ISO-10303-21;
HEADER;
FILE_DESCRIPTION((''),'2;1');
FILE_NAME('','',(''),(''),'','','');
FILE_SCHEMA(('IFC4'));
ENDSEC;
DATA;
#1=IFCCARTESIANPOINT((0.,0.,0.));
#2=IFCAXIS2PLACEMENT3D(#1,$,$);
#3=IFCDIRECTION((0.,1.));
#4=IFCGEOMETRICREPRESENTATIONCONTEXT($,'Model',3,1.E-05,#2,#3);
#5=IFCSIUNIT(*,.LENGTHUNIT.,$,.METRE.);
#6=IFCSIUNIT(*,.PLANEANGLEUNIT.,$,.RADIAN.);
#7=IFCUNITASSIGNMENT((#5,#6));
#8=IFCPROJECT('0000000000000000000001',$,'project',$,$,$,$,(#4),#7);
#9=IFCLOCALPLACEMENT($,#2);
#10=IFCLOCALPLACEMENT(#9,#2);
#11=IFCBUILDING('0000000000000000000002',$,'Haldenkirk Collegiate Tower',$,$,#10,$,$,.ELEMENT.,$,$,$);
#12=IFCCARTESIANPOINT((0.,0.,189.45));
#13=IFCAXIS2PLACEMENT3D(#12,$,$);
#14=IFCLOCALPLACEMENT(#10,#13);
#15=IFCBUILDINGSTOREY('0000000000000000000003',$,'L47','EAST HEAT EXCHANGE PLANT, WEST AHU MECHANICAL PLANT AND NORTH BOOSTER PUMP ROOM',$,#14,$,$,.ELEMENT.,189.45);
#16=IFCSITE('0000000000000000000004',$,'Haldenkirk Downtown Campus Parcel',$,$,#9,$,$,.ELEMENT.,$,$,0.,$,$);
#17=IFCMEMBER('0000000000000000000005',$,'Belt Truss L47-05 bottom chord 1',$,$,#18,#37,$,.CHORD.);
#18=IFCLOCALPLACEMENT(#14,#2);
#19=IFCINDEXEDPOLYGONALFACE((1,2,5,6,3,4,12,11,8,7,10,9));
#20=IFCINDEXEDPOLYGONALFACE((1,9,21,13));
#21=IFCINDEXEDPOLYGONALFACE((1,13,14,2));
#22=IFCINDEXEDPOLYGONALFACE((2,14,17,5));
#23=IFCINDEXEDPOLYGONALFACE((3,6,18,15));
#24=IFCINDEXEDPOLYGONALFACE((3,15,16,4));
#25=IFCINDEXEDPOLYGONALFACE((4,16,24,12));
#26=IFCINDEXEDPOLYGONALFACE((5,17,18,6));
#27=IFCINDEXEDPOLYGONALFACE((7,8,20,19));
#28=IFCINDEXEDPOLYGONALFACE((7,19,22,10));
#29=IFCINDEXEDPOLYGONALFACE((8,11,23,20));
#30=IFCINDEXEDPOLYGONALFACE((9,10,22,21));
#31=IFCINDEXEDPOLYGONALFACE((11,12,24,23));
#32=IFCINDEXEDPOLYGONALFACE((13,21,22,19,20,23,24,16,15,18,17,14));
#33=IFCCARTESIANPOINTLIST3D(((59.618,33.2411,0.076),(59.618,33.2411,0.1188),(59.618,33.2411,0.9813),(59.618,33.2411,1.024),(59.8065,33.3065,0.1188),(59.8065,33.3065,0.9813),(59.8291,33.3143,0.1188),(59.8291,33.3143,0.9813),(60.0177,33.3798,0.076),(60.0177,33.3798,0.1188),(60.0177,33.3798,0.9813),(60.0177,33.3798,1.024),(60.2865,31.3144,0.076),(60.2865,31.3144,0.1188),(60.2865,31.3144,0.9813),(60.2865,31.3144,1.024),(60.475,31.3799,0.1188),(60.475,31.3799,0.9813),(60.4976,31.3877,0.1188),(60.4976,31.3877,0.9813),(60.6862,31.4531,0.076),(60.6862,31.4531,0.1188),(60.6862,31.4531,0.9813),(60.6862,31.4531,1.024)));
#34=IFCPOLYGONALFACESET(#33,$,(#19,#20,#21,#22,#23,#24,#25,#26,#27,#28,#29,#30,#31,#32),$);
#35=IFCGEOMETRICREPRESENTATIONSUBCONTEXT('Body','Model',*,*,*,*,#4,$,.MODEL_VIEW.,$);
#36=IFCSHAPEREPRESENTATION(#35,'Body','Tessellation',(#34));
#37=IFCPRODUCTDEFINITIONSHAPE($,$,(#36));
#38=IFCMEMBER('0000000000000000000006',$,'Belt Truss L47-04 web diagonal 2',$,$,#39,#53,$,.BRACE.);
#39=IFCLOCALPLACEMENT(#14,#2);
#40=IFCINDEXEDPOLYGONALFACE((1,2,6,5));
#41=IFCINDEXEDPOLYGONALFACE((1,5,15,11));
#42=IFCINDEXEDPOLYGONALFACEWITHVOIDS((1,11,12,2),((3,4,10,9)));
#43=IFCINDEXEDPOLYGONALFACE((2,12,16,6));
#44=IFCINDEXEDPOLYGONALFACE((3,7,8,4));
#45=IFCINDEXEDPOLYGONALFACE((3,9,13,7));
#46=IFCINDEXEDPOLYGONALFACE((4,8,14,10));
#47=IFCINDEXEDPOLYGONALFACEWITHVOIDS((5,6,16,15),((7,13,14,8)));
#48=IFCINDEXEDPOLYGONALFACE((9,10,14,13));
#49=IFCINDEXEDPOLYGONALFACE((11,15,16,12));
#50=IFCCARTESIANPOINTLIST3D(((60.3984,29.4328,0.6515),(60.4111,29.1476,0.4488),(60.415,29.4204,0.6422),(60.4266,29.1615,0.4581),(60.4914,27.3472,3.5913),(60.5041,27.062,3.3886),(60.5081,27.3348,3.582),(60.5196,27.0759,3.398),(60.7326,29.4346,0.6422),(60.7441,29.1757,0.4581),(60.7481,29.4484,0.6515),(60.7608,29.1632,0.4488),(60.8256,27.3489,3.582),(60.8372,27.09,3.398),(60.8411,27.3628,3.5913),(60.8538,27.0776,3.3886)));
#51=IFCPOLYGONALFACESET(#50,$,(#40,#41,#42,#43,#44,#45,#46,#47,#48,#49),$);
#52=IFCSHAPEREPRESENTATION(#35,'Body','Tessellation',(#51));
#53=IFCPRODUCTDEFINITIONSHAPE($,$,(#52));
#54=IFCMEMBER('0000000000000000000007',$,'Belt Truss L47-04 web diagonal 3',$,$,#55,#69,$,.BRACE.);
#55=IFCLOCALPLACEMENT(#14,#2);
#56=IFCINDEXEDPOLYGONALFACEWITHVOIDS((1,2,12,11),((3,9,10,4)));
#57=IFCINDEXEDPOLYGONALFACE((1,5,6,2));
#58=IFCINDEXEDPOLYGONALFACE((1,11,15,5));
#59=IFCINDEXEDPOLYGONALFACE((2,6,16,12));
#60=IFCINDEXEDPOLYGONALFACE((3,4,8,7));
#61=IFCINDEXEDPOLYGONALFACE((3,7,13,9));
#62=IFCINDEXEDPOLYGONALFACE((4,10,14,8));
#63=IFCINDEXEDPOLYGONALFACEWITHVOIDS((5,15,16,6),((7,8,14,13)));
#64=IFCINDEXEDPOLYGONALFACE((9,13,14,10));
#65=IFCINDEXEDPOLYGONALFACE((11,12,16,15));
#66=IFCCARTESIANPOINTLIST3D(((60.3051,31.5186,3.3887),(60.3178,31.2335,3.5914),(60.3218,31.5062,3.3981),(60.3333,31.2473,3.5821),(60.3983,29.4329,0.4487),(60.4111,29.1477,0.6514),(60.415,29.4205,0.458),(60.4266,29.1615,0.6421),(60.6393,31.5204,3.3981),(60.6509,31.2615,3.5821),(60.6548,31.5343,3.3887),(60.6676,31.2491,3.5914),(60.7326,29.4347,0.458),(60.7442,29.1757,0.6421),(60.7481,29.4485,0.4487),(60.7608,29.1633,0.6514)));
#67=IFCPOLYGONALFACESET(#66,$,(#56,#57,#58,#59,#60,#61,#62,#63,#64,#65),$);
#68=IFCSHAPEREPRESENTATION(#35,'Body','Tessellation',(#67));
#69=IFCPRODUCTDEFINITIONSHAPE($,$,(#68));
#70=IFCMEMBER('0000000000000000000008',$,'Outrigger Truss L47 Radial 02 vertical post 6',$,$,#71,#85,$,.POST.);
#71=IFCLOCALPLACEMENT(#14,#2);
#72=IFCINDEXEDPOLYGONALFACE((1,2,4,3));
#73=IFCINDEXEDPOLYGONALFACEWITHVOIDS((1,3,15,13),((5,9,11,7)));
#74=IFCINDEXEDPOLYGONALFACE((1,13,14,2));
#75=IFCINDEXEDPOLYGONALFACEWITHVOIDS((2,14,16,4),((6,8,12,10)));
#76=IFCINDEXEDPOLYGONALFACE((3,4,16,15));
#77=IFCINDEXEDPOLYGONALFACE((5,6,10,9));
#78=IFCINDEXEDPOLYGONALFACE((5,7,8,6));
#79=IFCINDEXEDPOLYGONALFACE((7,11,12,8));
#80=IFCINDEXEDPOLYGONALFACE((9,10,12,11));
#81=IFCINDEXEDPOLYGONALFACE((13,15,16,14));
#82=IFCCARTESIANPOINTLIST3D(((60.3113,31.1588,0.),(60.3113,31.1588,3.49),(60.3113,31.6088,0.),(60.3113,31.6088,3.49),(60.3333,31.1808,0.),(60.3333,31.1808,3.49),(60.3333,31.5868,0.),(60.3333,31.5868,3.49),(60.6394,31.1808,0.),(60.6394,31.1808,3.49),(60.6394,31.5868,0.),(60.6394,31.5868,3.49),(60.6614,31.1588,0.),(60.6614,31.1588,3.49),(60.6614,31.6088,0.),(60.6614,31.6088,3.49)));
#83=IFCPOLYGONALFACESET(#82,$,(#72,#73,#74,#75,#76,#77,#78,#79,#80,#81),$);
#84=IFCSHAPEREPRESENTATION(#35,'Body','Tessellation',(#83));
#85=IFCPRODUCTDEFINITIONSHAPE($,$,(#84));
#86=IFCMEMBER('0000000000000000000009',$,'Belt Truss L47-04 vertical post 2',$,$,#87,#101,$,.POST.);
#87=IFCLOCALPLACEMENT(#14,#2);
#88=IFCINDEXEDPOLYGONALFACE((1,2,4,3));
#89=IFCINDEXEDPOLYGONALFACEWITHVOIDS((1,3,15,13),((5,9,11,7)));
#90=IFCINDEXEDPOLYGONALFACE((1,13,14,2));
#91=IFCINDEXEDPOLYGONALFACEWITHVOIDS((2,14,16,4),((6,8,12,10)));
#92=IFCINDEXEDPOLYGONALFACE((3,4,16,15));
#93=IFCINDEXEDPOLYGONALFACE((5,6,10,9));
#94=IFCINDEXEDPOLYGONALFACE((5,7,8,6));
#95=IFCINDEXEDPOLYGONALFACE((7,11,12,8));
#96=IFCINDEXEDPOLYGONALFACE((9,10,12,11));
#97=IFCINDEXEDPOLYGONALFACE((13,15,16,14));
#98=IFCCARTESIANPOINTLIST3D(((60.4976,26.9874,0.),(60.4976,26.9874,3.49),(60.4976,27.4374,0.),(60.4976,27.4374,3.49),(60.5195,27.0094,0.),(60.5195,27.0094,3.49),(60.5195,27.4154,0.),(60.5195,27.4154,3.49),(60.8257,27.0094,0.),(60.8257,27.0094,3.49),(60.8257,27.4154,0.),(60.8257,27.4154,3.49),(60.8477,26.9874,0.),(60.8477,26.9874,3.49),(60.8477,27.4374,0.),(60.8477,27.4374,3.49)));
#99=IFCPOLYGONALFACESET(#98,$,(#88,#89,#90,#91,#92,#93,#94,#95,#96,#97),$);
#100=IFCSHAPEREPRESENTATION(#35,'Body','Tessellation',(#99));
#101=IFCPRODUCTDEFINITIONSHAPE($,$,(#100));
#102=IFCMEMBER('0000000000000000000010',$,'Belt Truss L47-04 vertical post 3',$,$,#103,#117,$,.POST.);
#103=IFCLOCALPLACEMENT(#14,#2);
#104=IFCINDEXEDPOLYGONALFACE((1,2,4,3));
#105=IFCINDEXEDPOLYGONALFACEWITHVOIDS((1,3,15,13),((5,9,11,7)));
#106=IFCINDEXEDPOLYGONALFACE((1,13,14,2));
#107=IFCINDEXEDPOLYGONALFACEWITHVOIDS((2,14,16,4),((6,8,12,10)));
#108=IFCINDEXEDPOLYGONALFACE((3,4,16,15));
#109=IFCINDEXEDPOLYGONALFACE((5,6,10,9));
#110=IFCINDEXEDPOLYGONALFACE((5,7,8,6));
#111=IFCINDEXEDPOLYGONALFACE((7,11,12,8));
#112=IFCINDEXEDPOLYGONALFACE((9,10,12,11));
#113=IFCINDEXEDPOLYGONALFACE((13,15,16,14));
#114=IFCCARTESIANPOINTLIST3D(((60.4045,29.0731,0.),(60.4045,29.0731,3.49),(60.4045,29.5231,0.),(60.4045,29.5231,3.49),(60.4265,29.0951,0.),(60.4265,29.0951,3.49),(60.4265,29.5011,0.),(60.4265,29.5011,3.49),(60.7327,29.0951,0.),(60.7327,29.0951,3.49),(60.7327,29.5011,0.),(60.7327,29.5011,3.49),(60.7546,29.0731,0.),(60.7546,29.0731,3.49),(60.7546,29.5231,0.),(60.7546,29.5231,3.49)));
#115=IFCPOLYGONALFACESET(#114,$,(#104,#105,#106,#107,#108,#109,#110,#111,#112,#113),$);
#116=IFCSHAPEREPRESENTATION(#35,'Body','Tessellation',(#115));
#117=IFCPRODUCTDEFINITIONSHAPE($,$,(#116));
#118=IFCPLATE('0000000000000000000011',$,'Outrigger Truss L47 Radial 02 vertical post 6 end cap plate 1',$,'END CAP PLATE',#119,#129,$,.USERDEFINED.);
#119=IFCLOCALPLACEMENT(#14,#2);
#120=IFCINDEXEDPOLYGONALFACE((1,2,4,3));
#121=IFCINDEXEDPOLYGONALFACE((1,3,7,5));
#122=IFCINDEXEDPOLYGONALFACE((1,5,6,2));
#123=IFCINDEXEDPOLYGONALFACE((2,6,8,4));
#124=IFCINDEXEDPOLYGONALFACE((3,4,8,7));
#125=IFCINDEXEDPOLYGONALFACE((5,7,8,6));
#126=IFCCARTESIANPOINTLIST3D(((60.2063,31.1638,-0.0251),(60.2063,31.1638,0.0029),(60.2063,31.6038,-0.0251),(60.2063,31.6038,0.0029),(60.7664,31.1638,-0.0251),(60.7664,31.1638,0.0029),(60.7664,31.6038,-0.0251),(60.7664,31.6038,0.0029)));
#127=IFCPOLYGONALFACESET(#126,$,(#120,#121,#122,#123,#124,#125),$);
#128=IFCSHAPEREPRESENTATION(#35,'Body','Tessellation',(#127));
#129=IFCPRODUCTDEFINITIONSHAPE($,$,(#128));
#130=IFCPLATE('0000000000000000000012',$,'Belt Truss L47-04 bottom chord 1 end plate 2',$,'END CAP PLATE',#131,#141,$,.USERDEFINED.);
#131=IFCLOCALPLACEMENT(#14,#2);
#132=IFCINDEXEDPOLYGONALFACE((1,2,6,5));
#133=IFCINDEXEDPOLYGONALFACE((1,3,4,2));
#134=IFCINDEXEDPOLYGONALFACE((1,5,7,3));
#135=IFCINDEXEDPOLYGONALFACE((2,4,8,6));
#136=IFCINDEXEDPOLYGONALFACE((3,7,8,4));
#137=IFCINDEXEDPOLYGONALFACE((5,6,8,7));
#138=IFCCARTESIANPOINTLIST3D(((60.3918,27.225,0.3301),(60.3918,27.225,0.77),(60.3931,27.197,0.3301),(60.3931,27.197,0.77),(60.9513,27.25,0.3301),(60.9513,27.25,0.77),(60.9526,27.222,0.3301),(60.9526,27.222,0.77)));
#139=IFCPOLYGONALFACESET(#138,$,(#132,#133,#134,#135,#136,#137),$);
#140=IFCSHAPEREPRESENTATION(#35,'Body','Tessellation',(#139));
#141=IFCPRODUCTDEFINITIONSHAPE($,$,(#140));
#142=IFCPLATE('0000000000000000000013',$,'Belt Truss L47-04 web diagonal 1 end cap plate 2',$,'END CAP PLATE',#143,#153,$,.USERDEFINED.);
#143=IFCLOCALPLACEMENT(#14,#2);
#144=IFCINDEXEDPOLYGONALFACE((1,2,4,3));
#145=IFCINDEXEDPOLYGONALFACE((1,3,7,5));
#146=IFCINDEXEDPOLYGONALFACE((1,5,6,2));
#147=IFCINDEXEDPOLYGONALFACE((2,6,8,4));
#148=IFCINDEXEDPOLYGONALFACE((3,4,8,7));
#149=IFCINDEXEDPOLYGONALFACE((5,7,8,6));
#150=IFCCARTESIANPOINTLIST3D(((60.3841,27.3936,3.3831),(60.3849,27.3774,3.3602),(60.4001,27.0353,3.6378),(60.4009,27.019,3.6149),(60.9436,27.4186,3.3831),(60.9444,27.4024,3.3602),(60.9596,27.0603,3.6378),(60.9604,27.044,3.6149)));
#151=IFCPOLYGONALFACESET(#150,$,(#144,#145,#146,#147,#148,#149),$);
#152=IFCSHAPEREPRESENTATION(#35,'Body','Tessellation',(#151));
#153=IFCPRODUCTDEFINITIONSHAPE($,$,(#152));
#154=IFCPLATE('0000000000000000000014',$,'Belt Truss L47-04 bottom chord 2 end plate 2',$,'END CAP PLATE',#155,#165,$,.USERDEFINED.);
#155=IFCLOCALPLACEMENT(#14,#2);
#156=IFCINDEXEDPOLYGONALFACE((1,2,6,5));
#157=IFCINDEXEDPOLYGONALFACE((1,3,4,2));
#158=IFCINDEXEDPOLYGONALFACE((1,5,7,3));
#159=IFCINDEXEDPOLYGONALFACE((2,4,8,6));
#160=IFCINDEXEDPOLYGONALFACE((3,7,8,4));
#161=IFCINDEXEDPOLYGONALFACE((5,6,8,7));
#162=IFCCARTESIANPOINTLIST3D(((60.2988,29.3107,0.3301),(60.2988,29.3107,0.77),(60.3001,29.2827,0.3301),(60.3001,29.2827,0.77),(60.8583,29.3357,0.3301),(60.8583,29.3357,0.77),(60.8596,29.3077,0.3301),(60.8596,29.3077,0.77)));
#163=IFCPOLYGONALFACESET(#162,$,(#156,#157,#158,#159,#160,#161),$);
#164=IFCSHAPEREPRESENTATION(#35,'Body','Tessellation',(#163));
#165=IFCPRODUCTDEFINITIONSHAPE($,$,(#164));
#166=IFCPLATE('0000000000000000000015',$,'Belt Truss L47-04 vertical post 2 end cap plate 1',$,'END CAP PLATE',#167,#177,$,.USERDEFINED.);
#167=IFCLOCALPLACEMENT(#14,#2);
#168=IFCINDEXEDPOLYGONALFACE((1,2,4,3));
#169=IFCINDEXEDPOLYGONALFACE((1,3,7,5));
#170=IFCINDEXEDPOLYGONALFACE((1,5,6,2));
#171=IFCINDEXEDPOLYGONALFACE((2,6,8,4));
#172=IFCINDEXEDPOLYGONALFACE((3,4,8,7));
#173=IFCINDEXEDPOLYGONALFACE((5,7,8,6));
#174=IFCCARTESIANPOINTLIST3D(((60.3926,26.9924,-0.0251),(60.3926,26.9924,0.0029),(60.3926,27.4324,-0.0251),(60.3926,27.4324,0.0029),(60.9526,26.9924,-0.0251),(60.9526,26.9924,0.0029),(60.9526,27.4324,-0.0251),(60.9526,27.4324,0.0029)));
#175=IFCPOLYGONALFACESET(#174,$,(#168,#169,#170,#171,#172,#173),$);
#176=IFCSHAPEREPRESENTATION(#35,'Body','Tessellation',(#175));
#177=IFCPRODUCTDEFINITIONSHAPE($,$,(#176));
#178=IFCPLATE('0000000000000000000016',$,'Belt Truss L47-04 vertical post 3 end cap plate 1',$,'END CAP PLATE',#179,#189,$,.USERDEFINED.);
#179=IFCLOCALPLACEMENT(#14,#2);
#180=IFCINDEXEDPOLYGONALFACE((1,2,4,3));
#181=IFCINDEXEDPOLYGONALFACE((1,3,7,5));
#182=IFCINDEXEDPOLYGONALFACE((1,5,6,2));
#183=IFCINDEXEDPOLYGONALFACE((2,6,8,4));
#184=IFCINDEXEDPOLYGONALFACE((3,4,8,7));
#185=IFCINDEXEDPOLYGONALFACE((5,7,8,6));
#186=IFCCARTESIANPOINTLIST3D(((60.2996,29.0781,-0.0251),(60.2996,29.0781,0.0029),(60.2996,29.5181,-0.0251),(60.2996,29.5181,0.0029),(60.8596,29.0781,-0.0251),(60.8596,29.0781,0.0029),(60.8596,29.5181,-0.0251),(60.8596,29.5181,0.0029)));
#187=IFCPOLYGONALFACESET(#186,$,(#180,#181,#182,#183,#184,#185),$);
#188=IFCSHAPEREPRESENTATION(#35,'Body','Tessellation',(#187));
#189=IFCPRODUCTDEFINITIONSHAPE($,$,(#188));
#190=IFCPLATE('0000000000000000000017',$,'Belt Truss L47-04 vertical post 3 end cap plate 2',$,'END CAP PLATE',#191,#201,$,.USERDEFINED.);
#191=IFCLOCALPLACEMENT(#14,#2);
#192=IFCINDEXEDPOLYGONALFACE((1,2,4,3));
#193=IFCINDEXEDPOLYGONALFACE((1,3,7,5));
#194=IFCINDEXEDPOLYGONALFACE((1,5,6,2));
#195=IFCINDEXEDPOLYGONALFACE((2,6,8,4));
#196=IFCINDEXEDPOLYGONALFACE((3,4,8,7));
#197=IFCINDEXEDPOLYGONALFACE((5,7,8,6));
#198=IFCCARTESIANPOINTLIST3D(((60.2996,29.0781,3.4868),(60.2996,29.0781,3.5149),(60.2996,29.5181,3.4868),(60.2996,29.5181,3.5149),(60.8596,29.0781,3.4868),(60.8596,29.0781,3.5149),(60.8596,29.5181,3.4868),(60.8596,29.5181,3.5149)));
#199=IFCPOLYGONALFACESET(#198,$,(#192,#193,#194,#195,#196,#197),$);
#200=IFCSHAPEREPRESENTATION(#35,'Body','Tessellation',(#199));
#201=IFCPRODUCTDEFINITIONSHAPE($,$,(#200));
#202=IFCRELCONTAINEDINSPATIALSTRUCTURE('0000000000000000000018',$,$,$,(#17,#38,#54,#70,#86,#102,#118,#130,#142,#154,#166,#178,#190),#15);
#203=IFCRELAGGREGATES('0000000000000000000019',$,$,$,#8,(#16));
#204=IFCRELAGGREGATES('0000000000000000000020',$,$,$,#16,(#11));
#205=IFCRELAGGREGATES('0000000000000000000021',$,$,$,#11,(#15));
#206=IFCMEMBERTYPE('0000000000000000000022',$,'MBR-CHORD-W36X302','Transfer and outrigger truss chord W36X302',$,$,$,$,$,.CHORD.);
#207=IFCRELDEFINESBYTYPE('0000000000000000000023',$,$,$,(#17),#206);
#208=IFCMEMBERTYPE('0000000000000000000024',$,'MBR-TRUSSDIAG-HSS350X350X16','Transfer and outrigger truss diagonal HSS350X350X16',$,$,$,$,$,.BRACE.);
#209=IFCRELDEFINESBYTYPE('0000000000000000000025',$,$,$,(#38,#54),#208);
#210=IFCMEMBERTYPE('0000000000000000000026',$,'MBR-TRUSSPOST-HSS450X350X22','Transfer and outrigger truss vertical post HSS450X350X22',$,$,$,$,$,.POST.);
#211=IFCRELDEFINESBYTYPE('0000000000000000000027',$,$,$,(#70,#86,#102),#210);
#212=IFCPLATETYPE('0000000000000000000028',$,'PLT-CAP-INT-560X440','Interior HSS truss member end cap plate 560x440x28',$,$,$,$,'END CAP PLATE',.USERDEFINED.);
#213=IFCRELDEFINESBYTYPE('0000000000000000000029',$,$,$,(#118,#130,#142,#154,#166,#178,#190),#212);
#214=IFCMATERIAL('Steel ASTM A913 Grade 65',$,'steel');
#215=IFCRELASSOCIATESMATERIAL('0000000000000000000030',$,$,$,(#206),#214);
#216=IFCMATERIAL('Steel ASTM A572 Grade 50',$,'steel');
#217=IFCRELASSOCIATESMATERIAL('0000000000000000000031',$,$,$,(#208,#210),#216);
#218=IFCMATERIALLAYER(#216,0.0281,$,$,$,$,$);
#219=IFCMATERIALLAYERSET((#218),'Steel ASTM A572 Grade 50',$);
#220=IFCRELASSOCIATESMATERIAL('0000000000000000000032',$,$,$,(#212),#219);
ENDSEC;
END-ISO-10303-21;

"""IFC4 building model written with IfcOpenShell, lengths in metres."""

from ifc_helpers import new_model, si_unit, direction, frame, origin, origin_2d, place, context, subcontext, project, spatial, rectangle, hollow_rectangle, i_section, extrude, source, transform, mapped, material, layer, layer_set, material_profile, profile_set, type_object, element, save


model = new_model("IFC4")

# Units and contexts
model_context = context("Model", 3, precision=1e-05, world=origin(), true_north=direction((0.0, 1.0)))
body_context = subcontext(model_context, "Body", "Model", "MODEL_VIEW")
ifc_project = project(units=[si_unit("LENGTHUNIT", "METRE"), si_unit("PLANEANGLEUNIT", "RADIAN")], contexts=[model_context])

# Site, building, storey
site_placement = place(None, origin())
site = spatial("IfcSite", under=ifc_project, at=site_placement, Name="Haldenkirk Downtown Campus Parcel", CompositionType="ELEMENT", RefElevation=0.0)
building_placement = place(site_placement, origin())
building = spatial("IfcBuilding", under=site, at=building_placement, Name="Haldenkirk Collegiate Tower", CompositionType="ELEMENT")
storey_placement = place(building_placement, frame((0.0, 0.0, 189.45)))
storey = spatial("IfcBuildingStorey", under=building, at=storey_placement, Name="L47", Description="EAST HEAT EXCHANGE PLANT, WEST AHU MECHANICAL PLANT AND NORTH BOOSTER PUMP ROOM", CompositionType="ELEMENT", Elevation=189.45)

# Shared definitions
ifc_material_1 = material(Name="Steel ASTM A913 Grade 65", Category="steel")

# Members
ifc_material_2 = material(Name="Steel ASTM A572 Grade 50", Category="steel")
ifc_material_profile_1 = material_profile(ifc_material_1, i_section(OverallWidth=0.4231, OverallDepth=0.948, WebThickness=0.0239, FlangeThickness=0.0427, at=origin_2d()), Name="W36X302")
ifc_profile_set_1 = profile_set([ifc_material_profile_1], Name="Steel ASTM A913 Grade 65")
member_type_1 = type_object("IfcMemberType", Name="MBR-CHORD-W36X302", Description="Transfer and outrigger truss chord W36X302", PredefinedType="CHORD", material=ifc_profile_set_1)
member_1_placement = place(storey_placement, frame((60.4863, 31.3838, 0.55), z_axis=(-0.327805, 0.944745, 0.0), x_axis=(-0.944745, -0.327805, 0.0)))
element("IfcMember", 1, at=member_1_placement, inside=storey, type_object=member_type_1, Name="Belt Truss L47-05 bottom chord 1", PredefinedType="CHORD", context=body_context, shape_type="SweptSolid", body=[
    extrude(i_section(OverallWidth=0.4231, OverallDepth=0.948, WebThickness=0.0239, FlangeThickness=0.0427, at=origin_2d()), origin(), (0.0, 0.0, 1.0), 2.0393),
])
ifc_material_profile_2 = material_profile(ifc_material_2, hollow_rectangle(XDim=0.3501, YDim=0.3501, WallThickness=0.0161, at=origin_2d()), Name="HSS350X350X16")
ifc_profile_set_2 = profile_set([ifc_material_profile_2], Name="Steel ASTM A572 Grade 50")
member_type_2 = type_object("IfcMemberType", Name="MBR-TRUSSDIAG-HSS350X350X16", Description="Transfer and outrigger truss diagonal HSS350X350X16", PredefinedType="BRACE", material=ifc_profile_set_2)
member_2_placement = place(storey_placement, frame((60.6726, 27.2124, 3.49), z_axis=(-0.025796, 0.578422, -0.81533), x_axis=(-0.999007, -0.044554, 0.0)))
element("IfcMember", 2, at=member_2_placement, inside=storey, type_object=member_type_2, Name="Belt Truss L47-04 web diagonal 2", PredefinedType="BRACE", context=body_context, shape_type="SweptSolid", body=[
    extrude(hollow_rectangle(XDim=0.3501, YDim=0.3501, WallThickness=0.0161, at=origin_2d()), origin(), (0.0, 0.0, 1.0), 3.6057),
])
member_3_placement = place(storey_placement, frame((60.5796, 29.2981, 0.55), z_axis=(-0.025864, 0.578421, 0.815328), x_axis=(-0.999002, -0.04467, 0.0)))
element("IfcMember", 3, at=member_3_placement, inside=storey, type_object=member_type_2, Name="Belt Truss L47-04 web diagonal 3", PredefinedType="BRACE", context=body_context, shape_type="SweptSolid", body=[
    extrude(hollow_rectangle(XDim=0.3501, YDim=0.3501, WallThickness=0.0161, at=origin_2d()), origin(), (0.0, 0.0, 1.0), 3.606),
])
ifc_material_profile_3 = material_profile(ifc_material_2, hollow_rectangle(XDim=0.3501, YDim=0.45, WallThickness=0.022, at=origin_2d()), Name="HSS450X350X22")
ifc_profile_set_3 = profile_set([ifc_material_profile_3], Name="Steel ASTM A572 Grade 50")
member_type_3 = type_object("IfcMemberType", Name="MBR-TRUSSPOST-HSS450X350X22", Description="Transfer and outrigger truss vertical post HSS450X350X22", PredefinedType="POST", material=ifc_profile_set_3)
for number, where, z_axis, x_axis, name in (
    (4, (60.4863, 31.3838, 0.0), (0.0, 0.0, 1.0), (1.0, 0.0, 0.0), "Outrigger Truss L47 Radial 02 vertical post 6"),
    (5, (60.6726, 27.2124, 0.0), (0.0, 0.0, 1.0), (1.0, 0.0, 0.0), "Belt Truss L47-04 vertical post 2"),
    (6, (60.5796, 29.2981, 0.0), (0.0, 0.0, 1.0), (1.0, 0.0, 0.0), "Belt Truss L47-04 vertical post 3"),
):
    element("IfcMember", number, at=place(storey_placement, frame(where, z_axis=z_axis, x_axis=x_axis)), inside=storey, type_object=member_type_3, Name=name, PredefinedType="POST", context=body_context, shape_type="SweptSolid", body=[
        extrude(hollow_rectangle(XDim=0.3501, YDim=0.45, WallThickness=0.022, at=origin_2d()), origin(), (0.0, 0.0, 1.0), 3.49),
    ])

# Plates
ifc_layer_1 = layer(ifc_material_2, 0.0281)
ifc_layer_set_1 = layer_set([ifc_layer_1], Name="Steel ASTM A572 Grade 50")
plate_type = type_object("IfcPlateType", Name="PLT-CAP-INT-560X440", Description="Interior HSS truss member end cap plate 560x440x28", ElementType="END CAP PLATE", PredefinedType="USERDEFINED", material=ifc_layer_set_1)
shared_shape = source(origin(), body_context, "Body", "SweptSolid", [
    extrude(rectangle(XDim=0.5601, YDim=0.4399, at=origin_2d()), origin(), (0.0, 0.0, 1.0), 0.0281),
])
for number, where, z_axis, x_axis, name in (
    (7, (60.4863, 31.3838, 0.0029), (0.0, 0.0, -1.0), (1.0, 0.0, 0.0), "Outrigger Truss L47 Radial 02 vertical post 6 end cap plate 1"),
    (8, (60.6729, 27.2095, 0.55), (-0.044623, 0.999004, 0.0), (-0.999004, -0.044623, 0.0), "Belt Truss L47-04 bottom chord 1 end plate 2"),
    (9, (60.6726, 27.2107, 3.4875), (-0.025846, 0.578433, 0.81532), (-0.999003, -0.044639, 0.0), "Belt Truss L47-04 web diagonal 1 end cap plate 2"),
    (10, (60.5798, 29.2952, 0.55), (-0.044623, 0.999004, 0.0), (-0.999004, -0.044623, 0.0), "Belt Truss L47-04 bottom chord 2 end plate 2"),
    (11, (60.6726, 27.2124, 0.0029), (0.0, 0.0, -1.0), (1.0, 0.0, 0.0), "Belt Truss L47-04 vertical post 2 end cap plate 1"),
    (12, (60.5796, 29.2981, 0.0029), (0.0, 0.0, -1.0), (1.0, 0.0, 0.0), "Belt Truss L47-04 vertical post 3 end cap plate 1"),
    (13, (60.5796, 29.2981, 3.4868), (0.0, 0.0, 1.0), (1.0, 0.0, 0.0), "Belt Truss L47-04 vertical post 3 end cap plate 2"),
):
    element("IfcPlate", number, at=place(storey_placement, frame(where, z_axis=z_axis, x_axis=x_axis)), inside=storey, type_object=plate_type, Name=name, ObjectType="END CAP PLATE", PredefinedType="USERDEFINED", context=body_context, shape_type="MappedRepresentation", body=[
        mapped(shared_shape, transform((0.0, 0.0, 0.0), x_axis=(1.0, 0.0, 0.0), y_axis=(0.0, 1.0, 0.0), z_axis=(0.0, 0.0, 1.0), scale=1.0)),
    ])

save(model, "model.ifc")
